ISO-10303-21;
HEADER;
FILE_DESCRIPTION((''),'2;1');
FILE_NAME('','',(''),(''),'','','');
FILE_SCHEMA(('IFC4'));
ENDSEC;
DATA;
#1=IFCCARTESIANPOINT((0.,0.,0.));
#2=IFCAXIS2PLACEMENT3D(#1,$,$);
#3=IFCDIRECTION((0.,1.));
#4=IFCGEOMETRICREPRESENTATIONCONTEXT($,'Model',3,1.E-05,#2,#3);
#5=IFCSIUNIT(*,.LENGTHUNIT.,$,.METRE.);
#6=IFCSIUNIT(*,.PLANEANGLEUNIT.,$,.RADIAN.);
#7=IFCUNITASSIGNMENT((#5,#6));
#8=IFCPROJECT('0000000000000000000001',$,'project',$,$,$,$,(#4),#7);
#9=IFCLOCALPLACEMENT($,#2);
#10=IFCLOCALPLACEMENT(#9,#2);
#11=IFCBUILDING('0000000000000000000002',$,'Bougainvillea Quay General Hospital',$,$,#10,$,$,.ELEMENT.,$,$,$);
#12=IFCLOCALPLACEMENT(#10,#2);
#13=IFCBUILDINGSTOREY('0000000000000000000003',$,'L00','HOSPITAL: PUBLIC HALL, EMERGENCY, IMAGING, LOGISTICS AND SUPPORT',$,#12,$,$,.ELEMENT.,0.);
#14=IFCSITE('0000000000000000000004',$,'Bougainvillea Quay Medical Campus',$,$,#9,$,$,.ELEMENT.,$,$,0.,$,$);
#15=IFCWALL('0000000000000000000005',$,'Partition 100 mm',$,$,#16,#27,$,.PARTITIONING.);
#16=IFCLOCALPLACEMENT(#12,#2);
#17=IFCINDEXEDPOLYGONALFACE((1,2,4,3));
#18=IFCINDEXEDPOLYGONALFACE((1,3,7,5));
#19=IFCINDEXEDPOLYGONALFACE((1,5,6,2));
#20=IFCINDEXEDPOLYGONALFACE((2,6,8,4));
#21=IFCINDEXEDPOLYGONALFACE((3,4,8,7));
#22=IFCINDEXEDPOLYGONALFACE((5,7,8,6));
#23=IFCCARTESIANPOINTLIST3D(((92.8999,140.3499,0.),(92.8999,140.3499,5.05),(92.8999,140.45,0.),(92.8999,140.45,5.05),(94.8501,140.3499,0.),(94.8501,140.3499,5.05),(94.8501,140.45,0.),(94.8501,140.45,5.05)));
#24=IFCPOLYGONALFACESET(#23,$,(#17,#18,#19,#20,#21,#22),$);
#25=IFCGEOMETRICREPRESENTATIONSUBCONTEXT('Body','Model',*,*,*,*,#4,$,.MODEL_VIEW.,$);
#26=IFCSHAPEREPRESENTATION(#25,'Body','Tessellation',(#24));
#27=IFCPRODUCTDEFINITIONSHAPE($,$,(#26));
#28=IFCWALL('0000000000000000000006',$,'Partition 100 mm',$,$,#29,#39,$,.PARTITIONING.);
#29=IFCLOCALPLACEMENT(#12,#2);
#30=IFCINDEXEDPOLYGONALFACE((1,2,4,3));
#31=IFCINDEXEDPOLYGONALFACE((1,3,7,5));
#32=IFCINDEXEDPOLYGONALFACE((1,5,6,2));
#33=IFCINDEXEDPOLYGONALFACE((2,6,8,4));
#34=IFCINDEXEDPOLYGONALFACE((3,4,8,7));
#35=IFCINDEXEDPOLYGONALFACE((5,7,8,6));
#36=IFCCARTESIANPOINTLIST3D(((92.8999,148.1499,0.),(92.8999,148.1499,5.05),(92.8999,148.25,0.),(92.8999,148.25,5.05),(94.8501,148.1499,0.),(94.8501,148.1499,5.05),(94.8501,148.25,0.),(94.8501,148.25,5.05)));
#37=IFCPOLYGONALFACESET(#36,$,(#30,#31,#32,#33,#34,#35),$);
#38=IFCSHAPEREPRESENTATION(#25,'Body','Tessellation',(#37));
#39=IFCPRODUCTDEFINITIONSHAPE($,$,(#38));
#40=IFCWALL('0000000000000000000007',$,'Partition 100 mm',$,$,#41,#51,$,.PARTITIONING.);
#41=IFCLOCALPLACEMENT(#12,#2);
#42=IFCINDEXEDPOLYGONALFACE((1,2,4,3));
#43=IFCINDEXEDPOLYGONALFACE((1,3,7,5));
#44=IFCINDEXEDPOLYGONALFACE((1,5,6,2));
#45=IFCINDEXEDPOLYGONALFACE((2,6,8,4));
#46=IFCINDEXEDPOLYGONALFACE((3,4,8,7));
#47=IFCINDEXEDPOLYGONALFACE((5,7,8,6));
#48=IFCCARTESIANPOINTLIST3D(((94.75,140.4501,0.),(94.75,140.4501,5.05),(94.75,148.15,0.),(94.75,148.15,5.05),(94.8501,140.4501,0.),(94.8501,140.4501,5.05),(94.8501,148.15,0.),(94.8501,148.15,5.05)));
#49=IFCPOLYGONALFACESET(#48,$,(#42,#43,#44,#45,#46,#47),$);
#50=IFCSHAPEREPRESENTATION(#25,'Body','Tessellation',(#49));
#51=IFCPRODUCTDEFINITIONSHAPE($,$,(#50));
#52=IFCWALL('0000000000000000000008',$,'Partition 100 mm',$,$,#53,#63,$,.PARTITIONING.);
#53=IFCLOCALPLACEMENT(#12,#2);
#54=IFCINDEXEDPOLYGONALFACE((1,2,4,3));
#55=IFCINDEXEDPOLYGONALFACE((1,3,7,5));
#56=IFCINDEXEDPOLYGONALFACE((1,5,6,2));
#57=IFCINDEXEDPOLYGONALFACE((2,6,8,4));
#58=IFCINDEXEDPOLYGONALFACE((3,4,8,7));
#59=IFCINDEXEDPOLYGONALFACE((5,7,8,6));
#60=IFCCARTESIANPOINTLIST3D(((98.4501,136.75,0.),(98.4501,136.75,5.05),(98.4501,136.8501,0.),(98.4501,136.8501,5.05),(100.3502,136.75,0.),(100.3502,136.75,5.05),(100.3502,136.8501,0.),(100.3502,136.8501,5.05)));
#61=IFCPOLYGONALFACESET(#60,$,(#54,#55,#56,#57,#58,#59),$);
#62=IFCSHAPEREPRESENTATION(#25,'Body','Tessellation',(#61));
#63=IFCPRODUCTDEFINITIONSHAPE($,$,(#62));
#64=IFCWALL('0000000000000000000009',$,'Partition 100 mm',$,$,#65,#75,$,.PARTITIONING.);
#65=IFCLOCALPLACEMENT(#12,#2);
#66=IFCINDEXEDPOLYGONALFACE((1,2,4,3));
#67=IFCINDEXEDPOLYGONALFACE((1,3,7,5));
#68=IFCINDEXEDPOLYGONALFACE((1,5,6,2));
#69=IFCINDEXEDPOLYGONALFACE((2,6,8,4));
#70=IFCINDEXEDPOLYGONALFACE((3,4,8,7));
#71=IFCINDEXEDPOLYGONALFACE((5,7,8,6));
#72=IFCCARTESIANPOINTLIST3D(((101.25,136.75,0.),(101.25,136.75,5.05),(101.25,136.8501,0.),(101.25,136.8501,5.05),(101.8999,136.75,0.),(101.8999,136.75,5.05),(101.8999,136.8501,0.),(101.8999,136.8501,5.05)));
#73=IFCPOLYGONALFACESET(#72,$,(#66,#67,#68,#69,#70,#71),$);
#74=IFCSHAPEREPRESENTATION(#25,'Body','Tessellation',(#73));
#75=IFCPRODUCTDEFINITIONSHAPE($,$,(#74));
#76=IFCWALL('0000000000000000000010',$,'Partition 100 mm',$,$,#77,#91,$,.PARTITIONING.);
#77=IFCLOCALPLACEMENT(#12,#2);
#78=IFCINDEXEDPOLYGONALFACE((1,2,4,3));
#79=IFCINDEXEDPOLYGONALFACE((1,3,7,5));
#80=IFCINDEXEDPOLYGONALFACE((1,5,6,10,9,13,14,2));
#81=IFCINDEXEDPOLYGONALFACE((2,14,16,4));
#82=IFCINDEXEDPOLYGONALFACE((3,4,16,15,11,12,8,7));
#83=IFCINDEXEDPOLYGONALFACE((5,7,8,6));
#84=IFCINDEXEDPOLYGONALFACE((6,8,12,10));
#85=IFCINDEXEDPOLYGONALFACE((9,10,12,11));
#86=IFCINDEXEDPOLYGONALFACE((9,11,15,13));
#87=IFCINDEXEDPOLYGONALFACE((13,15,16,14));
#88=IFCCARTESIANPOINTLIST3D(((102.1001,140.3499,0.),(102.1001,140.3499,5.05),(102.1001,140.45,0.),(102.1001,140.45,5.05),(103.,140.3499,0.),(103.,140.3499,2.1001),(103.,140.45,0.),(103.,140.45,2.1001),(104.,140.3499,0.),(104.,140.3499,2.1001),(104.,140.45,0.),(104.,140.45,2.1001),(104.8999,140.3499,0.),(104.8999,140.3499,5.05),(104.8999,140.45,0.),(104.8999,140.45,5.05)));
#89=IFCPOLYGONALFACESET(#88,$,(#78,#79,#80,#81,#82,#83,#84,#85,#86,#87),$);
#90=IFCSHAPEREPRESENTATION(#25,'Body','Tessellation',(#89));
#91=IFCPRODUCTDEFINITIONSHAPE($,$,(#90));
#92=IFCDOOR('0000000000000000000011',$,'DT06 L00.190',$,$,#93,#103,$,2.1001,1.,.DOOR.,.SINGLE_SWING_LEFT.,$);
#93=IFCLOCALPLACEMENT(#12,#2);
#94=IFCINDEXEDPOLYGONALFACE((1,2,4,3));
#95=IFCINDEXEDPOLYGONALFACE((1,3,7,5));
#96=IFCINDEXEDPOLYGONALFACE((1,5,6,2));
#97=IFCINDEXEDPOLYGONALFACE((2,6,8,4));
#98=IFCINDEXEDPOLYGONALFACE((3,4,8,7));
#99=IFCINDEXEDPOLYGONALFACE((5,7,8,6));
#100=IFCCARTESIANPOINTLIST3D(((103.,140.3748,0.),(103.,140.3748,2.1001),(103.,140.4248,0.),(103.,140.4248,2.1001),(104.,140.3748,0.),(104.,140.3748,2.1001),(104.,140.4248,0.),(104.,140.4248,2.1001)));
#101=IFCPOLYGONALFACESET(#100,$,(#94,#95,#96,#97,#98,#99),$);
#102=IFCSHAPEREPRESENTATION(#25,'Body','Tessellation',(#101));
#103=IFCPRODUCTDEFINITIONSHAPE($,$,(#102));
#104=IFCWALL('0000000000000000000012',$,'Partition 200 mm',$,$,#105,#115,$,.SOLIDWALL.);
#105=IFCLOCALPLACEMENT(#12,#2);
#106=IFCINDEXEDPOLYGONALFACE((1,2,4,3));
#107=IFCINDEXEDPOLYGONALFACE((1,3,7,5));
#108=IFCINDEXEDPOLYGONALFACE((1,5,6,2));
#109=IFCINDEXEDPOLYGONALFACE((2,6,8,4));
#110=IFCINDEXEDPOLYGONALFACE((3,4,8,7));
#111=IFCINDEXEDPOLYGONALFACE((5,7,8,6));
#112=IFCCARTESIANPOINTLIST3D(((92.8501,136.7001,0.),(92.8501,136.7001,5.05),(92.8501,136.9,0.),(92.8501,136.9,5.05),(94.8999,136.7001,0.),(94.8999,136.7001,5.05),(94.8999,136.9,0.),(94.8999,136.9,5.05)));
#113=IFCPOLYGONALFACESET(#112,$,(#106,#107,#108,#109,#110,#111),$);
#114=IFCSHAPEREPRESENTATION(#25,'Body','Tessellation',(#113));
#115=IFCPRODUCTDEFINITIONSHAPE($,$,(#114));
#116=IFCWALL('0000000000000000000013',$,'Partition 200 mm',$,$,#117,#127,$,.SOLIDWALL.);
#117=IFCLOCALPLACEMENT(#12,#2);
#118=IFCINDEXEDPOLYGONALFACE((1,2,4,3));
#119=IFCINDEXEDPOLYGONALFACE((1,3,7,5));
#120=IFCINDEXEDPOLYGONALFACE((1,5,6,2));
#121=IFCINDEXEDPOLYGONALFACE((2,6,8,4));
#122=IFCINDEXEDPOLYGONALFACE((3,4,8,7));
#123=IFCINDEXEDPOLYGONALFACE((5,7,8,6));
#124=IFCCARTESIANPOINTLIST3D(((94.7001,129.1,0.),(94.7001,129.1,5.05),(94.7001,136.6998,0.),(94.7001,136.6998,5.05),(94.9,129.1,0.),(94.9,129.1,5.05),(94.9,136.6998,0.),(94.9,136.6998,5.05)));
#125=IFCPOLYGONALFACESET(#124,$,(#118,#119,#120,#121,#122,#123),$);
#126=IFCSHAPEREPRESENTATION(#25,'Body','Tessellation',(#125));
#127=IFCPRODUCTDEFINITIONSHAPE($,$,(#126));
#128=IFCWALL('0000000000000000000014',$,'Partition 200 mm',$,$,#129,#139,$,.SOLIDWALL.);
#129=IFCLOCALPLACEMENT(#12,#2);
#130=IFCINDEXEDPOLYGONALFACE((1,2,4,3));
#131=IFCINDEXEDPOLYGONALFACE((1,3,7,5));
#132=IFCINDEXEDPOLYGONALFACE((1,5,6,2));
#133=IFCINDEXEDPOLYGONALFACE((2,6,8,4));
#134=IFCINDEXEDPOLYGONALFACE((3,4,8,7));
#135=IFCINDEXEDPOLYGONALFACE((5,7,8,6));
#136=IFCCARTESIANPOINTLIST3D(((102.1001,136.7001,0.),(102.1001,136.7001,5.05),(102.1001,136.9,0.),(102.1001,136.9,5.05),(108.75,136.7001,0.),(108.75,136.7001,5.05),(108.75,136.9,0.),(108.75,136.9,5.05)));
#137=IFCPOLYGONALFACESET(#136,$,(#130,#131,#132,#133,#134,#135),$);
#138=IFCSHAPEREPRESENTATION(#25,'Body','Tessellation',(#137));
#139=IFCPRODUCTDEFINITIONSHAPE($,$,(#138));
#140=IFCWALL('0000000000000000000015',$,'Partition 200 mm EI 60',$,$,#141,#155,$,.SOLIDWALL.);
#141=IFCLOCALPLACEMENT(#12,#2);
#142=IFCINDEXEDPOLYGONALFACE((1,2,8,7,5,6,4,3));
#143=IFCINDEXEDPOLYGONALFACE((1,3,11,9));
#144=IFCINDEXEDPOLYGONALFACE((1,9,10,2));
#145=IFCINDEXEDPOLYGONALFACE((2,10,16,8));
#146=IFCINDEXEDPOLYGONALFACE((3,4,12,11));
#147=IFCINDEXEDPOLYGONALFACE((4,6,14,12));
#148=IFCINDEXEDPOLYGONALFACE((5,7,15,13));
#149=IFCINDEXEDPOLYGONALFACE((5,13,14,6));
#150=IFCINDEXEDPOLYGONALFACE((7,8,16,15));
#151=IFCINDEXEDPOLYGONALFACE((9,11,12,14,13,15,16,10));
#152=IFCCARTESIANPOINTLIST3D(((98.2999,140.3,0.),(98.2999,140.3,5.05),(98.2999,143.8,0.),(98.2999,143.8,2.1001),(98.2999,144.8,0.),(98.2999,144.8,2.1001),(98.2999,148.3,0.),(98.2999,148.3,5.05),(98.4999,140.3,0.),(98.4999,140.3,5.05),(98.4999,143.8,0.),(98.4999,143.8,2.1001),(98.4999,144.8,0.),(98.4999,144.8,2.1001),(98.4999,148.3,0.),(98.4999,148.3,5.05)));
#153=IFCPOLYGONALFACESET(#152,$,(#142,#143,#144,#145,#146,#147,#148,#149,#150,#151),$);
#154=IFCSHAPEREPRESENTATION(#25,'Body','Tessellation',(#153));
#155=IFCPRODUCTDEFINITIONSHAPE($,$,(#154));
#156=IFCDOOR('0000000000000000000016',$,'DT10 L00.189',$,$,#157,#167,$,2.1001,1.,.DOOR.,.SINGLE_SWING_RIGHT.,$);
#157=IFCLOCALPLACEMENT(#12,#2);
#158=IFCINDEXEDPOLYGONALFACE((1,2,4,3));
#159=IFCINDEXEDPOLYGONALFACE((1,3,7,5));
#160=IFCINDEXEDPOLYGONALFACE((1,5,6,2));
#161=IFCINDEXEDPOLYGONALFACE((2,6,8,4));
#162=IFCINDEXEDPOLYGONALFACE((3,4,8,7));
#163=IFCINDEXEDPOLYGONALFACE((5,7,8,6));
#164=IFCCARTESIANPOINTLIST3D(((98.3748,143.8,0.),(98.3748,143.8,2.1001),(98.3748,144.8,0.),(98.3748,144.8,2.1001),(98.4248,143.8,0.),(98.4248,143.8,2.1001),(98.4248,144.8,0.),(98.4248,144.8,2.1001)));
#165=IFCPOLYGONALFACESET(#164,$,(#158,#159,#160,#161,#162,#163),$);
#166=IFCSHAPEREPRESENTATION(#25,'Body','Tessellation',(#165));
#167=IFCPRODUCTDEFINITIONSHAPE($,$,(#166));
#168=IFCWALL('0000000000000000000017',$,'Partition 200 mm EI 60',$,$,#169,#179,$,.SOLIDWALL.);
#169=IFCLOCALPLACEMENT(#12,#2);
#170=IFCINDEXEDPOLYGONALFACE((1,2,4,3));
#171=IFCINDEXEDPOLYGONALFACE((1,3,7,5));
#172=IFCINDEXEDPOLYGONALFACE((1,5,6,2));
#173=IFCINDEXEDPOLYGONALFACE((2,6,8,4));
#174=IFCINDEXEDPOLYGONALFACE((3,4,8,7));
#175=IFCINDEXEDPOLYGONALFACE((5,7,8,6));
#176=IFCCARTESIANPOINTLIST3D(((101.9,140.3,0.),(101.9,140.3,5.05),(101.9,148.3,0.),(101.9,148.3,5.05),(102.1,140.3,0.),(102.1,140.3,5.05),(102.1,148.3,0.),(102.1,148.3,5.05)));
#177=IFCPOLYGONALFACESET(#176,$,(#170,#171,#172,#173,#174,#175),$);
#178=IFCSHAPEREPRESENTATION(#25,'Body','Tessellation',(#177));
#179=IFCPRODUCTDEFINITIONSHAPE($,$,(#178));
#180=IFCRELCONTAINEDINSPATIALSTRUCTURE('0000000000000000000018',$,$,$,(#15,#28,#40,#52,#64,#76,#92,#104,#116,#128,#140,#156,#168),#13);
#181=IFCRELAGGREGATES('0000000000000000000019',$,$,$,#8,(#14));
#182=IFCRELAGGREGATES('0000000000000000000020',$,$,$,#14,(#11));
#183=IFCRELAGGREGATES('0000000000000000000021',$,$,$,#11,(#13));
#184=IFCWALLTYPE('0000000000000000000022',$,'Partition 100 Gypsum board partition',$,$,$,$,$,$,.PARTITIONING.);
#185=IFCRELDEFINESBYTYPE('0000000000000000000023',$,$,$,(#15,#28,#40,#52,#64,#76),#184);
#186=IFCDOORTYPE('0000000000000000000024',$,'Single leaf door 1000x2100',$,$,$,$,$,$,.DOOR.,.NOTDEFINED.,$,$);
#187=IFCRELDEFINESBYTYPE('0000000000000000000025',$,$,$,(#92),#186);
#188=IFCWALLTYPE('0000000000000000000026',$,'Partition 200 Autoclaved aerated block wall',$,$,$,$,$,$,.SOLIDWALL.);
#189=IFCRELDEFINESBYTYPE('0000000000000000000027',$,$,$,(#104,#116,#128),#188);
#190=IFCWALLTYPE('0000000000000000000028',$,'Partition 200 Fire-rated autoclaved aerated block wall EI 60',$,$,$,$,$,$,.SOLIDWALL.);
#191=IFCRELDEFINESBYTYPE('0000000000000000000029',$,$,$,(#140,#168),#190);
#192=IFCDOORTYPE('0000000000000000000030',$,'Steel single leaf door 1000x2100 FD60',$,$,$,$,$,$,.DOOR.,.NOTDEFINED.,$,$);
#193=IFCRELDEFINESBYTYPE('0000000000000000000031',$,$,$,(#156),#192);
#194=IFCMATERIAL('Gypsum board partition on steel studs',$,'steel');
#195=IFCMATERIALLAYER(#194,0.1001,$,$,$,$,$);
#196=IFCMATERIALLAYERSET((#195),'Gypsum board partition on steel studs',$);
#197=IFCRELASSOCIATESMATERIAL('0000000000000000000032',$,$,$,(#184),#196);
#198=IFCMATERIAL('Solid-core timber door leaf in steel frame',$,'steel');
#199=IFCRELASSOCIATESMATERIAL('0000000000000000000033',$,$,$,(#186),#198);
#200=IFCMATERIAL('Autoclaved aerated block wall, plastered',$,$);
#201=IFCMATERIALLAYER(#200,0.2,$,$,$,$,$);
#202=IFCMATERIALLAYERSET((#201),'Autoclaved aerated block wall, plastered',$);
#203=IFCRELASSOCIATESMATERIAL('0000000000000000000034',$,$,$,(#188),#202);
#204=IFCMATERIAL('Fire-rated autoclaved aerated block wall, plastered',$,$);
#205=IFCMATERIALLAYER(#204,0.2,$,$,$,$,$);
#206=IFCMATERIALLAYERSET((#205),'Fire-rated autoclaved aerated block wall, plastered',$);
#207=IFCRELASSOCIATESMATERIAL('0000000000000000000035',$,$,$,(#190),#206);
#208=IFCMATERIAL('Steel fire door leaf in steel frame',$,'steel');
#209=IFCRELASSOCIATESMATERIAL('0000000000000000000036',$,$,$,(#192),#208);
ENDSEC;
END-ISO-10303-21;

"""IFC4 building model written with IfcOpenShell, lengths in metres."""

from ifc_helpers import new_model, si_unit, direction, frame, frame_2d, origin, place, context, subcontext, project, spatial, rectangle, extrude, material, layer, layer_set, type_object, element, fill, save


model = new_model("IFC4")

# Units and contexts
model_context = context("Model", 3, precision=1e-05, world=origin(), true_north=direction((0.0, 1.0)))
body_context = subcontext(model_context, "Body", "Model", "MODEL_VIEW")
ifc_project = project(units=[si_unit("LENGTHUNIT", "METRE"), si_unit("PLANEANGLEUNIT", "RADIAN")], contexts=[model_context])

# Site, building, storey
site_placement = place(None, origin())
site = spatial("IfcSite", under=ifc_project, at=site_placement, Name="Bougainvillea Quay Medical Campus", CompositionType="ELEMENT", RefElevation=0.0)
building_placement = place(site_placement, origin())
building = spatial("IfcBuilding", under=site, at=building_placement, Name="Bougainvillea Quay General Hospital", CompositionType="ELEMENT")
storey_placement = place(building_placement, origin())
storey = spatial("IfcBuildingStorey", under=building, at=storey_placement, Name="L00", Description="HOSPITAL: PUBLIC HALL, EMERGENCY, IMAGING, LOGISTICS AND SUPPORT", CompositionType="ELEMENT", Elevation=0.0)

# Walls
ifc_material_1 = material(Name="Gypsum board partition on steel studs", Category="steel")
ifc_layer_1 = layer(ifc_material_1, 0.1001)
ifc_layer_set_1 = layer_set([ifc_layer_1], Name="Gypsum board partition on steel studs")
wall_type_1 = type_object("IfcWallType", Name="Partition 100 Gypsum board partition", PredefinedType="PARTITIONING", material=ifc_layer_set_1)
for number, where, z_axis, x_axis, name in (
    (1, (92.8999, 140.3999, 0.0), (0.0, 0.0, 1.0), (1.0, 0.0, 0.0), "Partition 100 mm"),
    (2, (92.8999, 148.2, 0.0), (0.0, 0.0, 1.0), (1.0, 0.0, 0.0), "Partition 100 mm"),
):
    element("IfcWall", number, at=place(storey_placement, frame(where, z_axis=z_axis, x_axis=x_axis)), inside=storey, type_object=wall_type_1, Name=name, PredefinedType="PARTITIONING", context=body_context, shape_type="SweptSolid", body=[
        extrude(rectangle(XDim=1.9502, YDim=0.1001, at=frame_2d((0.9751, 0.0))), origin(), (0.0, 0.0, 1.0), 5.05),
    ])
wall_1_placement = place(storey_placement, frame((94.8, 140.45, 0.0), z_axis=(0.0, 0.0, 1.0), x_axis=(0.0, 1.0, 0.0)))
element("IfcWall", 3, at=wall_1_placement, inside=storey, type_object=wall_type_1, Name="Partition 100 mm", PredefinedType="PARTITIONING", context=body_context, shape_type="SweptSolid", body=[
    extrude(rectangle(XDim=7.7, YDim=0.1001, at=frame_2d((3.8501, 0.0))), origin(), (0.0, 0.0, 1.0), 5.05),
])
wall_2_placement = place(storey_placement, frame((98.45, 136.8, 0.0), z_axis=(0.0, 0.0, 1.0), x_axis=(1.0, 0.0, 0.0)))
element("IfcWall", 4, at=wall_2_placement, inside=storey, type_object=wall_type_1, Name="Partition 100 mm", PredefinedType="PARTITIONING", context=body_context, shape_type="SweptSolid", body=[
    extrude(rectangle(XDim=1.9001, YDim=0.1001, at=frame_2d((0.9502, 0.0))), origin(), (0.0, 0.0, 1.0), 5.05),
])
wall_3_placement = place(storey_placement, frame((101.25, 136.8, 0.0), z_axis=(0.0, 0.0, 1.0), x_axis=(1.0, 0.0, 0.0)))
element("IfcWall", 5, at=wall_3_placement, inside=storey, type_object=wall_type_1, Name="Partition 100 mm", PredefinedType="PARTITIONING", context=body_context, shape_type="SweptSolid", body=[
    extrude(rectangle(XDim=0.6499, YDim=0.1001, at=frame_2d((0.325, 0.0))), origin(), (0.0, 0.0, 1.0), 5.05),
])

# Wall, opening, door
wall_4_placement = place(storey_placement, frame((102.1001, 140.3999, 0.0), z_axis=(0.0, 0.0, 1.0), x_axis=(1.0, 0.0, 0.0)))
wall_4 = element("IfcWall", 6, at=wall_4_placement, inside=storey, type_object=wall_type_1, Name="Partition 100 mm", PredefinedType="PARTITIONING", context=body_context, shape_type="SweptSolid", body=[
    extrude(rectangle(XDim=2.7998, YDim=0.1001, at=frame_2d((1.3999, 0.0))), origin(), (0.0, 0.0, 1.0), 5.05),
])
opening_1_placement = place(wall_4_placement, frame((0.8999, 0.0, 0.0)))
opening_1 = element("IfcOpeningElement", 7, at=opening_1_placement, cuts=wall_4, PredefinedType="OPENING", context=body_context, shape_type="SweptSolid", body=[
    extrude(rectangle(XDim=1.0, YDim=2.1001, at=frame_2d((0.5, 1.05))), frame((0.0, 0.0601, 0.0), z_axis=(0.0, -1.0, 0.0), x_axis=(1.0, 0.0, 0.0)), (0.0, 0.0, 1.0), 0.1201),
])
ifc_material_2 = material(Name="Solid-core timber door leaf in steel frame", Category="steel")
door_type_1 = type_object("IfcDoorType", Name="Single leaf door 1000x2100", OperationType="NOTDEFINED", PredefinedType="DOOR", material=ifc_material_2)
door_1_placement = place(opening_1_placement, origin())
door_1 = element("IfcDoor", 8, at=door_1_placement, inside=storey, type_object=door_type_1, Name="DT06 L00.190", OperationType="SINGLE_SWING_LEFT", OverallHeight=2.1001, OverallWidth=1.0, PredefinedType="DOOR", context=body_context, shape_type="SweptSolid", body=[
    extrude(rectangle(XDim=1.0, YDim=2.1001, at=frame_2d((0.5, 1.05))), frame((0.0, 0.0249, 0.0), z_axis=(0.0, -1.0, 0.0), x_axis=(1.0, 0.0, 0.0)), (0.0, 0.0, 1.0), 0.05),
])
fill(opening_1, door_1)

# Walls
ifc_material_3 = material(Name="Autoclaved aerated block wall, plastered")
ifc_layer_2 = layer(ifc_material_3, 0.2)
ifc_layer_set_2 = layer_set([ifc_layer_2], Name="Autoclaved aerated block wall, plastered")
wall_type_2 = type_object("IfcWallType", Name="Partition 200 Autoclaved aerated block wall", PredefinedType="SOLIDWALL", material=ifc_layer_set_2)
wall_5_placement = place(storey_placement, frame((92.8501, 136.8, 0.0), z_axis=(0.0, 0.0, 1.0), x_axis=(1.0, 0.0, 0.0)))
element("IfcWall", 9, at=wall_5_placement, inside=storey, type_object=wall_type_2, Name="Partition 200 mm", PredefinedType="SOLIDWALL", context=body_context, shape_type="SweptSolid", body=[
    extrude(rectangle(XDim=2.0498, YDim=0.2, at=frame_2d((1.0249, 0.0))), origin(), (0.0, 0.0, 1.0), 5.05),
])
wall_6_placement = place(storey_placement, frame((94.8, 129.1001, 0.0), z_axis=(0.0, 0.0, 1.0), x_axis=(0.0, 1.0, 0.0)))
element("IfcWall", 10, at=wall_6_placement, inside=storey, type_object=wall_type_2, Name="Partition 200 mm", PredefinedType="SOLIDWALL", context=body_context, shape_type="SweptSolid", body=[
    extrude(rectangle(XDim=7.5999, YDim=0.2, at=frame_2d((3.7998, 0.0))), origin(), (0.0, 0.0, 1.0), 5.05),
])
wall_7_placement = place(storey_placement, frame((102.1001, 136.8, 0.0), z_axis=(0.0, 0.0, 1.0), x_axis=(1.0, 0.0, 0.0)))
element("IfcWall", 11, at=wall_7_placement, inside=storey, type_object=wall_type_2, Name="Partition 200 mm", PredefinedType="SOLIDWALL", context=body_context, shape_type="SweptSolid", body=[
    extrude(rectangle(XDim=6.6499, YDim=0.2, at=frame_2d((3.325, 0.0))), origin(), (0.0, 0.0, 1.0), 5.05),
])

# Wall, opening, door
ifc_material_4 = material(Name="Fire-rated autoclaved aerated block wall, plastered")
ifc_layer_3 = layer(ifc_material_4, 0.2)
ifc_layer_set_3 = layer_set([ifc_layer_3], Name="Fire-rated autoclaved aerated block wall, plastered")
wall_type_3 = type_object("IfcWallType", Name="Partition 200 Fire-rated autoclaved aerated block wall EI 60", PredefinedType="SOLIDWALL", material=ifc_layer_set_3)
wall_8_placement = place(storey_placement, frame((98.3999, 140.3, 0.0), z_axis=(0.0, 0.0, 1.0), x_axis=(0.0, 1.0, 0.0)))
wall_8 = element("IfcWall", 12, at=wall_8_placement, inside=storey, type_object=wall_type_3, Name="Partition 200 mm EI 60", PredefinedType="SOLIDWALL", context=body_context, shape_type="SweptSolid", body=[
    extrude(rectangle(XDim=8.0, YDim=0.2, at=frame_2d((4.0, 0.0))), origin(), (0.0, 0.0, 1.0), 5.05),
])
opening_2_placement = place(wall_8_placement, frame((3.5, 0.0, 0.0)))
opening_2 = element("IfcOpeningElement", 13, at=opening_2_placement, cuts=wall_8, PredefinedType="OPENING", context=body_context, shape_type="SweptSolid", body=[
    extrude(rectangle(XDim=1.0, YDim=2.1001, at=frame_2d((0.5, 1.05))), frame((0.0, 0.1099, 0.0), z_axis=(0.0, -1.0, 0.0), x_axis=(1.0, 0.0, 0.0)), (0.0, 0.0, 1.0), 0.22),
])
ifc_material_5 = material(Name="Steel fire door leaf in steel frame", Category="steel")
door_type_2 = type_object("IfcDoorType", Name="Steel single leaf door 1000x2100 FD60", OperationType="NOTDEFINED", PredefinedType="DOOR", material=ifc_material_5)
door_2_placement = place(opening_2_placement, frame((1.0, 0.0, 0.0), z_axis=(0.0, 0.0, 1.0), x_axis=(-1.0, 0.0, 0.0)))
door_2 = element("IfcDoor", 14, at=door_2_placement, inside=storey, type_object=door_type_2, Name="DT10 L00.189", OperationType="SINGLE_SWING_RIGHT", OverallHeight=2.1001, OverallWidth=1.0, PredefinedType="DOOR", context=body_context, shape_type="SweptSolid", body=[
    extrude(rectangle(XDim=1.0, YDim=2.1001, at=frame_2d((0.5, 1.05))), frame((0.0, 0.0249, 0.0), z_axis=(0.0, -1.0, 0.0), x_axis=(1.0, 0.0, 0.0)), (0.0, 0.0, 1.0), 0.05),
])
fill(opening_2, door_2)

# Wall
wall_9_placement = place(storey_placement, frame((102.0, 140.3, 0.0), z_axis=(0.0, 0.0, 1.0), x_axis=(0.0, 1.0, 0.0)))
element("IfcWall", 15, at=wall_9_placement, inside=storey, type_object=wall_type_3, Name="Partition 200 mm EI 60", PredefinedType="SOLIDWALL", context=body_context, shape_type="SweptSolid", body=[
    extrude(rectangle(XDim=8.0, YDim=0.2, at=frame_2d((4.0, 0.0))), origin(), (0.0, 0.0, 1.0), 5.05),
])

save(model, "model.ifc")
